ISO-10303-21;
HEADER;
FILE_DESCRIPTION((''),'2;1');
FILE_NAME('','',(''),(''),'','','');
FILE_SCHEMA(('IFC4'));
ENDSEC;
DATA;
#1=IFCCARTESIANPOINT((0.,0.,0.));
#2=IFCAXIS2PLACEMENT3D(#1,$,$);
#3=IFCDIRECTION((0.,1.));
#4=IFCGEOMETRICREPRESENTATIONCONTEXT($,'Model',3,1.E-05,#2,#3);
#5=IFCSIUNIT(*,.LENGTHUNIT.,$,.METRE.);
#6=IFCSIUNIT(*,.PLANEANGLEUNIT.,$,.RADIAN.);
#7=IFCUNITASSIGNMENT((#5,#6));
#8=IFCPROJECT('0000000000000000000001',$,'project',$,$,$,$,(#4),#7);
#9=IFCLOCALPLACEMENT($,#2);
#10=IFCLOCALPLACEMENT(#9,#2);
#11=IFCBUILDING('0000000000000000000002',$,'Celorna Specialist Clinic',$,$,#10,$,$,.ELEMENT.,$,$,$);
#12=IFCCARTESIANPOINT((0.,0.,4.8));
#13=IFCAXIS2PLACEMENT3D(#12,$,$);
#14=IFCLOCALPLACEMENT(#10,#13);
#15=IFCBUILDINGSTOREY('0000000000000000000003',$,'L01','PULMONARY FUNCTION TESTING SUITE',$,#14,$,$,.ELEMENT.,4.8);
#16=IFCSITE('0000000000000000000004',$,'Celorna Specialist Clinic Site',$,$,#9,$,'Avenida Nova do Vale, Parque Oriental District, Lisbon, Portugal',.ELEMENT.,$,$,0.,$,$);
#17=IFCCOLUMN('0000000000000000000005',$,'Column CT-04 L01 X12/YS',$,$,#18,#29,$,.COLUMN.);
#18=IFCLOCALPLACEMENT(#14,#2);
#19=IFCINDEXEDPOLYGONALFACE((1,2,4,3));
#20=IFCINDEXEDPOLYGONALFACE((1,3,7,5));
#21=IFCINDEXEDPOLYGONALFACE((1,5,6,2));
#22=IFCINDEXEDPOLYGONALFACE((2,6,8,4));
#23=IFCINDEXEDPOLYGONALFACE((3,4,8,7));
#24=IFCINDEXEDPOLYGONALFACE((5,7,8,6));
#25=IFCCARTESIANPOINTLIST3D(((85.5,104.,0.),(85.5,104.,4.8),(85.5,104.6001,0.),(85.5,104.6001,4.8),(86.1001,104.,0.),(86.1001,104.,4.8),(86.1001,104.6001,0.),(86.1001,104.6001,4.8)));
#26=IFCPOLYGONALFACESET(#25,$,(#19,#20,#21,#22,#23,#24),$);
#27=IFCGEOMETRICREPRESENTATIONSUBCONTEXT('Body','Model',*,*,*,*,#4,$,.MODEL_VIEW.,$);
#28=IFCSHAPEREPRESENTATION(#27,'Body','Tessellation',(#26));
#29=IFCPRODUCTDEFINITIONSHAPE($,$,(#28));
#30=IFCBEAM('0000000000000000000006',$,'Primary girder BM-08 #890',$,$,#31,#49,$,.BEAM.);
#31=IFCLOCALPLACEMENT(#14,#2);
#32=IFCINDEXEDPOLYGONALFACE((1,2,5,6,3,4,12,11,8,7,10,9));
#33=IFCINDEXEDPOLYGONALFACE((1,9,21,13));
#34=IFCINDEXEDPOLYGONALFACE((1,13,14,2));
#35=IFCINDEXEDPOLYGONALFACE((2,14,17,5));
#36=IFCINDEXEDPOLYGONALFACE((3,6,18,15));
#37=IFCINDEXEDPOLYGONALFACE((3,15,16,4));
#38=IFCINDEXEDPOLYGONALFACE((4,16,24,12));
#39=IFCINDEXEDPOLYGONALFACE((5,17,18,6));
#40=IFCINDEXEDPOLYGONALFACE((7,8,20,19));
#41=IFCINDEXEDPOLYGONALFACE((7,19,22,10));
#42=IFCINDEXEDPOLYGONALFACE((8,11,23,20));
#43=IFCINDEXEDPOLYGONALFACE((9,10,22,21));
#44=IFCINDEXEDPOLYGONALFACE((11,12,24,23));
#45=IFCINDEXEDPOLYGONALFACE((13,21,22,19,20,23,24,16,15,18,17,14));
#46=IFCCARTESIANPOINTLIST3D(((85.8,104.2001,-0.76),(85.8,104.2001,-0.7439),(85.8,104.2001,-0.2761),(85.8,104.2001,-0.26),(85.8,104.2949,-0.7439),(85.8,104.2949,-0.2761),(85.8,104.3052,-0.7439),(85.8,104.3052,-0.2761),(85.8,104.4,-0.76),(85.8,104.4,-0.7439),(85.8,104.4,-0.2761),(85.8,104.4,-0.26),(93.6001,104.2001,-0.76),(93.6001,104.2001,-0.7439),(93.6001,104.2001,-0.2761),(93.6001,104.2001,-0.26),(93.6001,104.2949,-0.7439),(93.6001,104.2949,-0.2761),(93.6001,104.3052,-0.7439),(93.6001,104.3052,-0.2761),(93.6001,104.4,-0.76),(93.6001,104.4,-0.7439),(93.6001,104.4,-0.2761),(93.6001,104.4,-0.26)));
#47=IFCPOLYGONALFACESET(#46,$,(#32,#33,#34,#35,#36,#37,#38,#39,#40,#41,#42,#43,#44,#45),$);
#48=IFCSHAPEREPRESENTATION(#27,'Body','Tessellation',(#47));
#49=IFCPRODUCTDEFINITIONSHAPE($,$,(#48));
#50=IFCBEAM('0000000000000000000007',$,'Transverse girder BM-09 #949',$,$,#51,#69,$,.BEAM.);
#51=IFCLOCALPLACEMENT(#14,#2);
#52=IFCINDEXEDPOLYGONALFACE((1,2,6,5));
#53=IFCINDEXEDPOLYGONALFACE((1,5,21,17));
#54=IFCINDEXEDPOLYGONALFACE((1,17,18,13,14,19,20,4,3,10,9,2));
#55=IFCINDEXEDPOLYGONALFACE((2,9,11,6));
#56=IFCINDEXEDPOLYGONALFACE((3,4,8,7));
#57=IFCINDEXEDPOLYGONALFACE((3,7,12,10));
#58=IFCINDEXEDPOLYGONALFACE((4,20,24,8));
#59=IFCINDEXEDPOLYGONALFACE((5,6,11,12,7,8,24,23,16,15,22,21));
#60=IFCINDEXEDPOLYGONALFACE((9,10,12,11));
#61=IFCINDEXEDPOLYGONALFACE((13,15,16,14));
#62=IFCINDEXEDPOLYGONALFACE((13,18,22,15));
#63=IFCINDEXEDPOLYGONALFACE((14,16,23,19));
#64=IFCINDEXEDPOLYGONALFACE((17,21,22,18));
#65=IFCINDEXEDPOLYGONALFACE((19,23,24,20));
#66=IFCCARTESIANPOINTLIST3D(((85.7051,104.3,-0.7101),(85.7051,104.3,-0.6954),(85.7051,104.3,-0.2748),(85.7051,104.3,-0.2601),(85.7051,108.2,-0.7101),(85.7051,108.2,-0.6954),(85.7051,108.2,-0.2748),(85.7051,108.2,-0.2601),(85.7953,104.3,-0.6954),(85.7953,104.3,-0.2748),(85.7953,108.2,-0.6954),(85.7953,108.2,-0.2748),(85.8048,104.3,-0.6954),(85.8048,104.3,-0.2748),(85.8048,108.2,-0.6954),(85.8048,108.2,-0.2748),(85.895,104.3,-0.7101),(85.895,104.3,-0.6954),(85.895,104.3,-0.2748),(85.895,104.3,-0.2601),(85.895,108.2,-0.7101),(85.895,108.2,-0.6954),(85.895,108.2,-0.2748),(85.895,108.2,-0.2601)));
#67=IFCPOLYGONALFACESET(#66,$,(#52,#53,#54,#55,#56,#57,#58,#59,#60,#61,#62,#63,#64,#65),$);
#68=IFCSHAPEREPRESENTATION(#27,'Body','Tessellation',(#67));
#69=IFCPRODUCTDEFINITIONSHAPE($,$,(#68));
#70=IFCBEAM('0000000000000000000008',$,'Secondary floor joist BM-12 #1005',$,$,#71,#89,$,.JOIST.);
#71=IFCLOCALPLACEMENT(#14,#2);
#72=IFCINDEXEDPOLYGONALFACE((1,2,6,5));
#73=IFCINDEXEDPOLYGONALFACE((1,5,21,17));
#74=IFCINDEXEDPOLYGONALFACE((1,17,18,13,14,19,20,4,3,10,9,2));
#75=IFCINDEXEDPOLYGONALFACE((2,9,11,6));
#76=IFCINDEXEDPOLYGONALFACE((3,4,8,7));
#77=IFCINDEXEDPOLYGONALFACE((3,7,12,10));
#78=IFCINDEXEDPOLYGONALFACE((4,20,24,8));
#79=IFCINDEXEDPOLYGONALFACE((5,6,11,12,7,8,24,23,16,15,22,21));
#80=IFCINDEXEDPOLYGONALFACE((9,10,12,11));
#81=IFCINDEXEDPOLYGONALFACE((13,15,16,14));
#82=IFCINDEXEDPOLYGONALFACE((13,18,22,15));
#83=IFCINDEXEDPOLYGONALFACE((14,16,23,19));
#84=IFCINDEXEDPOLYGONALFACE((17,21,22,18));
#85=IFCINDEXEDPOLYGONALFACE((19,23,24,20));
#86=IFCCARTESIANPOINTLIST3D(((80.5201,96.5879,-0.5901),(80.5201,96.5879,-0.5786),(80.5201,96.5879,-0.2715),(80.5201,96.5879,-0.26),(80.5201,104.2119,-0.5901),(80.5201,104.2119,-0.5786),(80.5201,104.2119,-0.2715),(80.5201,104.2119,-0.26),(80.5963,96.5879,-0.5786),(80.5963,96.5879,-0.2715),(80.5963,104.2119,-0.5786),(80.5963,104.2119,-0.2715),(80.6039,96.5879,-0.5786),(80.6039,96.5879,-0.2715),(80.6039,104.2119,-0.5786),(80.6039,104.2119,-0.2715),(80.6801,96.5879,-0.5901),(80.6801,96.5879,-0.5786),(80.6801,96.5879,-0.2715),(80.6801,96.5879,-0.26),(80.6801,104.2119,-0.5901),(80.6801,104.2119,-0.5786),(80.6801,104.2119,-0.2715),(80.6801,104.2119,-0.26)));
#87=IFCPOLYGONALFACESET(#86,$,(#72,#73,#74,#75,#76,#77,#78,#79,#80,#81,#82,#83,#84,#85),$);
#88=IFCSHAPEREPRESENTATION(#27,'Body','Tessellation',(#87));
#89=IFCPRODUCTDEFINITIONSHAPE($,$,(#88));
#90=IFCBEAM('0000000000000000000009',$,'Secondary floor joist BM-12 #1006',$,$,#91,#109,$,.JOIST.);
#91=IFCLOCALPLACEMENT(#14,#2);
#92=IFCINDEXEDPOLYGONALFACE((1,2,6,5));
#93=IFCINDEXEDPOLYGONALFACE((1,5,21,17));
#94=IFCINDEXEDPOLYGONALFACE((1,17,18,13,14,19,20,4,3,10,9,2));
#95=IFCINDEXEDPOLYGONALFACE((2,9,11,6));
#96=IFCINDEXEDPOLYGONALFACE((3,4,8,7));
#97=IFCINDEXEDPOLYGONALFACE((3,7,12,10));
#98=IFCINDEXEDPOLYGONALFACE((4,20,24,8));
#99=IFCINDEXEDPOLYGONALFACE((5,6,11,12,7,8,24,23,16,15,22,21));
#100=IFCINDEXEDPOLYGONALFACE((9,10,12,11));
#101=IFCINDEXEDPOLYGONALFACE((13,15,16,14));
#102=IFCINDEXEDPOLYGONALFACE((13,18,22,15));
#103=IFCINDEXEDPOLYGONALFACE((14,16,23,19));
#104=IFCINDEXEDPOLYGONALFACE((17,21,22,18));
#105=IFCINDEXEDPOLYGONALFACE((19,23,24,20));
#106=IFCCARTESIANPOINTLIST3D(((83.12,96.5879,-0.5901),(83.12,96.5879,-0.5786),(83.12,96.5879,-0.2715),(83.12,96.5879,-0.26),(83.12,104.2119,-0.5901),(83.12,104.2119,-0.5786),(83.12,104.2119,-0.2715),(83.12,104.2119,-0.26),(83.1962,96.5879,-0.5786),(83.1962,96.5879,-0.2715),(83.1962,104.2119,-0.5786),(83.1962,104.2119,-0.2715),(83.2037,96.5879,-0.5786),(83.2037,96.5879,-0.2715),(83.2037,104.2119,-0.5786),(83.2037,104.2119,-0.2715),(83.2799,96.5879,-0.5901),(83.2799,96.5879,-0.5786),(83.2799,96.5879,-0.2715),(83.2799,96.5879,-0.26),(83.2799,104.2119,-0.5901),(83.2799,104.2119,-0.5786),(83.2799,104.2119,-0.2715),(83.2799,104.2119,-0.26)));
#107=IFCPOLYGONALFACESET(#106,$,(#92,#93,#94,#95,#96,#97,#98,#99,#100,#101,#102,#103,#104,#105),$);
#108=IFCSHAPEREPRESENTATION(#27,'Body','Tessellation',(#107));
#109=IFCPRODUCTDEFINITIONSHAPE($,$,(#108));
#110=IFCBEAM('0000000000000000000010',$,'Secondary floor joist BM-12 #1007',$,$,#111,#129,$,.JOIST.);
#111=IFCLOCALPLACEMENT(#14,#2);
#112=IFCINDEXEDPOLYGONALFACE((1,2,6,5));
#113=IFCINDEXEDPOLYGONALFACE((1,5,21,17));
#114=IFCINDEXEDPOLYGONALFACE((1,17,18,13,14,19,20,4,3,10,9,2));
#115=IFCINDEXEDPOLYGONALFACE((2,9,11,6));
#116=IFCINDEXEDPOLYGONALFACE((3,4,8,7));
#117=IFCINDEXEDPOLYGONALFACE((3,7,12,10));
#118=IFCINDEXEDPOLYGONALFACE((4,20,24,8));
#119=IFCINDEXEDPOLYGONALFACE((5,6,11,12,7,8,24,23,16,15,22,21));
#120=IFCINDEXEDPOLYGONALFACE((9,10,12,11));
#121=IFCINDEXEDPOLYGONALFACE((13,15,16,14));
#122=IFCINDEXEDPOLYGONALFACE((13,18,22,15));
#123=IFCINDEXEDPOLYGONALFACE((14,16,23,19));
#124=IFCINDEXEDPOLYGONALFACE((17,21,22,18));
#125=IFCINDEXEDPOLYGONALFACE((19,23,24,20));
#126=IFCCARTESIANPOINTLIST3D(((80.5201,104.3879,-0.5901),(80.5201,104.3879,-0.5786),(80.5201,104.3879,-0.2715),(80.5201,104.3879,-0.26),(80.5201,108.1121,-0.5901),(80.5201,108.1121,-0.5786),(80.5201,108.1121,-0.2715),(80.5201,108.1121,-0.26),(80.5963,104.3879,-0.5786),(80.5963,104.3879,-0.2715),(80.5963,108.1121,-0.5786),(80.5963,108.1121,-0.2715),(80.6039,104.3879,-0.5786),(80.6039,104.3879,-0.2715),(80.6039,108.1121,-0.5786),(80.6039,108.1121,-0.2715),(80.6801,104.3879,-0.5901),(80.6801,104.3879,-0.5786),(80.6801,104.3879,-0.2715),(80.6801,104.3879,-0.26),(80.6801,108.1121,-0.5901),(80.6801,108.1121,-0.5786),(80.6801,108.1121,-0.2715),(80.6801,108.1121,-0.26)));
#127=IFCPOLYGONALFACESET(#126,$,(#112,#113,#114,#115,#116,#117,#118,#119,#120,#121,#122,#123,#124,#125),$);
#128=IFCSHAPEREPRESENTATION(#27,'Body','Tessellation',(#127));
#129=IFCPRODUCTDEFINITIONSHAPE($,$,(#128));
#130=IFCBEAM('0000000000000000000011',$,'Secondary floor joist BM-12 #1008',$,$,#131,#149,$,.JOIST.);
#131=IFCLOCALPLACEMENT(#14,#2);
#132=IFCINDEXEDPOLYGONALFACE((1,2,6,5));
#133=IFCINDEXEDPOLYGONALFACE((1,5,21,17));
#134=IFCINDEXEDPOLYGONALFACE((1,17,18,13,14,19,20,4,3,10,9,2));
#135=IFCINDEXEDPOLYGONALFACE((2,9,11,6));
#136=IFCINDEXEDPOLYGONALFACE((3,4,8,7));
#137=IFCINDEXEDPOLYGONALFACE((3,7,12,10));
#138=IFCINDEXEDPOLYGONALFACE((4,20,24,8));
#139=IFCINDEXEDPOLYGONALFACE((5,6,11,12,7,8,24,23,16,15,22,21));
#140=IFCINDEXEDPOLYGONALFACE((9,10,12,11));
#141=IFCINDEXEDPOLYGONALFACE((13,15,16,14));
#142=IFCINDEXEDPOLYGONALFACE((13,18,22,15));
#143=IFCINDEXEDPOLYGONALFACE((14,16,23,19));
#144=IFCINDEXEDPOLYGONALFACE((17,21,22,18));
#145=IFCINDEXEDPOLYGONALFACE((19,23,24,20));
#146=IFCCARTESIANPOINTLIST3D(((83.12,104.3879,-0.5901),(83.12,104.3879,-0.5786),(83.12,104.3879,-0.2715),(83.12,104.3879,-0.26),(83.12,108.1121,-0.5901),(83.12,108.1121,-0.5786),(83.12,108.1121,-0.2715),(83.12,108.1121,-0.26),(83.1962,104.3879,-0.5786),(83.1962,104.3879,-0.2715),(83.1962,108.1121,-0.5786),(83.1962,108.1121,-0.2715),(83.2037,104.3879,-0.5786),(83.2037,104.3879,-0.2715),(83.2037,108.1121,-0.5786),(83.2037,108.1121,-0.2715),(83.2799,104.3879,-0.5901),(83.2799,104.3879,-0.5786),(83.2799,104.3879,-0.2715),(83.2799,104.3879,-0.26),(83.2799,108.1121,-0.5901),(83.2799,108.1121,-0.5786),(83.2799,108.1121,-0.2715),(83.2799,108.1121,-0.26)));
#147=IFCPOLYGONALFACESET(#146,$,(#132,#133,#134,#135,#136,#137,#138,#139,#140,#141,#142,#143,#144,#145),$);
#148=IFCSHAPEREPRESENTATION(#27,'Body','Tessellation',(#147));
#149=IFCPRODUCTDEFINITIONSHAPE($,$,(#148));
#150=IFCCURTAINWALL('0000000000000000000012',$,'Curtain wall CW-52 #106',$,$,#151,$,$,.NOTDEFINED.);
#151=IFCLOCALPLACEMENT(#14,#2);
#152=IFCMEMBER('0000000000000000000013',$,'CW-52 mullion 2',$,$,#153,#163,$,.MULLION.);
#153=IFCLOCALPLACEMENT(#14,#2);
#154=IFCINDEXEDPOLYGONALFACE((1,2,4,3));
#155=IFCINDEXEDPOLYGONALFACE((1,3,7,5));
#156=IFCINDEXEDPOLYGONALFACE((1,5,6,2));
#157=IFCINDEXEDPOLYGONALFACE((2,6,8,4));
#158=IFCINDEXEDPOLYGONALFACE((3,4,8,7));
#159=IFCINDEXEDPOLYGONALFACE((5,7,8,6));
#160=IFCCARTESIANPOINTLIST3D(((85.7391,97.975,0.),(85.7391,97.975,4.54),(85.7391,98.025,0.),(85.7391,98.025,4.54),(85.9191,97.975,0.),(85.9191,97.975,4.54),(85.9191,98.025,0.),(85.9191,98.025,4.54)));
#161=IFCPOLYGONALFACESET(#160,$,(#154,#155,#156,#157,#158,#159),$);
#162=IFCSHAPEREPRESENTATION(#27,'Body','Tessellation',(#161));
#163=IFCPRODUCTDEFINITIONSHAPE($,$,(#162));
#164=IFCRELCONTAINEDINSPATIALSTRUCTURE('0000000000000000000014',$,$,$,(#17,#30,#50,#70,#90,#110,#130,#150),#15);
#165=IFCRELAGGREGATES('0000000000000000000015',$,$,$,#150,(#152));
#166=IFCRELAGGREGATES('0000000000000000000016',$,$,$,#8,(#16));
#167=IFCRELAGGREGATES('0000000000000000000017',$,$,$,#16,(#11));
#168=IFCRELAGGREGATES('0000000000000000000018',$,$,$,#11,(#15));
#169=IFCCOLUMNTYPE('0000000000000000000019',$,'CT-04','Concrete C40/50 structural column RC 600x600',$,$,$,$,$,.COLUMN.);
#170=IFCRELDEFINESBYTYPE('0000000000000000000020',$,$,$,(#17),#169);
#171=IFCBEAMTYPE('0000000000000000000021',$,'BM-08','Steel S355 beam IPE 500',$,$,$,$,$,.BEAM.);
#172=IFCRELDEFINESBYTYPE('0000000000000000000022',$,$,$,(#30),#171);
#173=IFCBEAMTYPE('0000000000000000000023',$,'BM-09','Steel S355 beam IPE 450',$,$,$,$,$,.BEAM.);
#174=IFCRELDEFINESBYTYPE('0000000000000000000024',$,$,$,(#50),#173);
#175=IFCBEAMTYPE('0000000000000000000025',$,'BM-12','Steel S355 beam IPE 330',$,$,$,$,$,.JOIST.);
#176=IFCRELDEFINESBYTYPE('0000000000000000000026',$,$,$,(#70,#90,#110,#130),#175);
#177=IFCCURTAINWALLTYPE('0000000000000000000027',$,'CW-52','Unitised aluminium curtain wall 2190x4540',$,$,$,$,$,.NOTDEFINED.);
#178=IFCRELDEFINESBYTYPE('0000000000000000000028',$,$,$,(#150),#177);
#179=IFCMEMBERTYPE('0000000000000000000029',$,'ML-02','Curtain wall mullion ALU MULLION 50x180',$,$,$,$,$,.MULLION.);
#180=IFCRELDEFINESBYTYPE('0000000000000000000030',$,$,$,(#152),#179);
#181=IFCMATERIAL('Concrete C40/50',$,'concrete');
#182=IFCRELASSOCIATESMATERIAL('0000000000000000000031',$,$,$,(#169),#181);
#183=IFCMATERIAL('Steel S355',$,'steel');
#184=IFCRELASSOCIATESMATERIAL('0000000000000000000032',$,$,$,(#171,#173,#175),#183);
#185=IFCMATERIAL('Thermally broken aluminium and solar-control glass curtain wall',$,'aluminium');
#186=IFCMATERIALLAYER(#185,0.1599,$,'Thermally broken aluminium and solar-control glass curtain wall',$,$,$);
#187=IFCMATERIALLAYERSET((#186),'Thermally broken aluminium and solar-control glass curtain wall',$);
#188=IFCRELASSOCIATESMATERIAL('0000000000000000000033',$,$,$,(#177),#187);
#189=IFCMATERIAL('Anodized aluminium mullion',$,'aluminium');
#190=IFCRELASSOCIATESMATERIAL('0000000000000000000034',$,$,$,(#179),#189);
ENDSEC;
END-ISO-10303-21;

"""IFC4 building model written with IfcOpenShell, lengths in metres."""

from ifc_helpers import new_model, si_unit, direction, frame, origin, origin_2d, place, context, subcontext, project, spatial, rectangle, i_section, extrude, material, layer, layer_set, material_profile, profile_set, type_object, element, aggregate, save


model = new_model("IFC4")

# Units and contexts
model_context = context("Model", 3, precision=1e-05, world=origin(), true_north=direction((0.0, 1.0)))
body_context = subcontext(model_context, "Body", "Model", "MODEL_VIEW")
ifc_project = project(units=[si_unit("LENGTHUNIT", "METRE"), si_unit("PLANEANGLEUNIT", "RADIAN")], contexts=[model_context])

# Site, building, storey
site_placement = place(None, origin())
site = spatial("IfcSite", under=ifc_project, at=site_placement, Name="Celorna Specialist Clinic Site", LongName="Avenida Nova do Vale, Parque Oriental District, Lisbon, Portugal", CompositionType="ELEMENT", RefElevation=0.0)
building_placement = place(site_placement, origin())
building = spatial("IfcBuilding", under=site, at=building_placement, Name="Celorna Specialist Clinic", CompositionType="ELEMENT")
storey_placement = place(building_placement, frame((0.0, 0.0, 4.8)))
storey = spatial("IfcBuildingStorey", under=building, at=storey_placement, Name="L01", Description="PULMONARY FUNCTION TESTING SUITE", CompositionType="ELEMENT", Elevation=4.8)

# Column
ifc_material_1 = material(Name="Concrete C40/50", Category="concrete")
ifc_material_profile_1 = material_profile(ifc_material_1, rectangle(XDim=0.6001, YDim=0.6001, at=origin_2d()), Name="RC 600x600")
ifc_profile_set_1 = profile_set([ifc_material_profile_1], Name="Concrete C40/50")
column_type = type_object("IfcColumnType", Name="CT-04", Description="Concrete C40/50 structural column RC 600x600", PredefinedType="COLUMN", material=ifc_profile_set_1)
column_placement = place(storey_placement, frame((85.8, 104.3, 0.0), z_axis=(0.0, 0.0, 1.0), x_axis=(1.0, 0.0, 0.0)))
element("IfcColumn", 1, at=column_placement, inside=storey, type_object=column_type, Name="Column CT-04 L01 X12/YS", PredefinedType="COLUMN", context=body_context, shape_type="SweptSolid", body=[
    extrude(rectangle(XDim=0.6001, YDim=0.6001, at=origin_2d()), origin(), (0.0, 0.0, 1.0), 4.8),
])

# Beams
ifc_material_2 = material(Name="Steel S355", Category="steel")
ifc_material_profile_2 = material_profile(ifc_material_2, i_section(OverallWidth=0.2, OverallDepth=0.5, WebThickness=0.0103, FlangeThickness=0.0161, at=origin_2d()), Name="IPE 500")
ifc_profile_set_2 = profile_set([ifc_material_profile_2], Name="Steel S355")
beam_type_1 = type_object("IfcBeamType", Name="BM-08", Description="Steel S355 beam IPE 500", PredefinedType="BEAM", material=ifc_profile_set_2)
beam_1_placement = place(storey_placement, frame((85.8, 104.3, -0.51), z_axis=(1.0, 0.0, 0.0), x_axis=(0.0, 1.0, 0.0)))
element("IfcBeam", 2, at=beam_1_placement, inside=storey, type_object=beam_type_1, Name="Primary girder BM-08 #890", PredefinedType="BEAM", context=body_context, shape_type="SweptSolid", body=[
    extrude(i_section(OverallWidth=0.2, OverallDepth=0.5, WebThickness=0.0103, FlangeThickness=0.0161, at=origin_2d()), origin(), (0.0, 0.0, 1.0), 7.8),
])
ifc_material_profile_3 = material_profile(ifc_material_2, i_section(OverallWidth=0.1899, OverallDepth=0.45, WebThickness=0.0095, FlangeThickness=0.0146, at=origin_2d()), Name="IPE 450")
ifc_profile_set_3 = profile_set([ifc_material_profile_3], Name="Steel S355")
beam_type_2 = type_object("IfcBeamType", Name="BM-09", Description="Steel S355 beam IPE 450", PredefinedType="BEAM", material=ifc_profile_set_3)
beam_2_placement = place(storey_placement, frame((85.8, 104.3, -0.4851), z_axis=(0.0, 1.0, 0.0), x_axis=(-1.0, 0.0, 0.0)))
element("IfcBeam", 3, at=beam_2_placement, inside=storey, type_object=beam_type_2, Name="Transverse girder BM-09 #949", PredefinedType="BEAM", context=body_context, shape_type="SweptSolid", body=[
    extrude(i_section(OverallWidth=0.1899, OverallDepth=0.45, WebThickness=0.0095, FlangeThickness=0.0146, at=origin_2d()), origin(), (0.0, 0.0, 1.0), 3.8999),
])
ifc_material_profile_4 = material_profile(ifc_material_2, i_section(OverallWidth=0.1599, OverallDepth=0.3301, WebThickness=0.0076, FlangeThickness=0.0115, at=origin_2d()), Name="IPE 330")
ifc_profile_set_4 = profile_set([ifc_material_profile_4], Name="Steel S355")
beam_type_3 = type_object("IfcBeamType", Name="BM-12", Description="Steel S355 beam IPE 330", PredefinedType="JOIST", material=ifc_profile_set_4)
for number, where, z_axis, x_axis, name in (
    (4, (80.6001, 96.5879, -0.425), (0.0, 1.0, 0.0), (-1.0, 0.0, 0.0), "Secondary floor joist BM-12 #1005"),
    (5, (83.2, 96.5879, -0.425), (0.0, 1.0, 0.0), (-1.0, 0.0, 0.0), "Secondary floor joist BM-12 #1006"),
):
    element("IfcBeam", number, at=place(storey_placement, frame(where, z_axis=z_axis, x_axis=x_axis)), inside=storey, type_object=beam_type_3, Name=name, PredefinedType="JOIST", context=body_context, shape_type="SweptSolid", body=[
        extrude(i_section(OverallWidth=0.1599, OverallDepth=0.3301, WebThickness=0.0076, FlangeThickness=0.0115, at=origin_2d()), origin(), (0.0, 0.0, 1.0), 7.624),
    ])
for number, where, z_axis, x_axis, name in (
    (6, (80.6001, 104.3879, -0.425), (0.0, 1.0, 0.0), (-1.0, 0.0, 0.0), "Secondary floor joist BM-12 #1007"),
    (7, (83.2, 104.3879, -0.425), (0.0, 1.0, 0.0), (-1.0, 0.0, 0.0), "Secondary floor joist BM-12 #1008"),
):
    element("IfcBeam", number, at=place(storey_placement, frame(where, z_axis=z_axis, x_axis=x_axis)), inside=storey, type_object=beam_type_3, Name=name, PredefinedType="JOIST", context=body_context, shape_type="SweptSolid", body=[
        extrude(i_section(OverallWidth=0.1599, OverallDepth=0.3301, WebThickness=0.0076, FlangeThickness=0.0115, at=origin_2d()), origin(), (0.0, 0.0, 1.0), 3.7241),
    ])

# Curtain wall, member
ifc_material_3 = material(Name="Thermally broken aluminium and solar-control glass curtain wall", Category="aluminium")
ifc_layer_1 = layer(ifc_material_3, 0.1599, Name="Thermally broken aluminium and solar-control glass curtain wall")
ifc_layer_set_1 = layer_set([ifc_layer_1], Name="Thermally broken aluminium and solar-control glass curtain wall")
curtain_wall_type = type_object("IfcCurtainWallType", Name="CW-52", Description="Unitised aluminium curtain wall 2190x4540", PredefinedType="NOTDEFINED", material=ifc_layer_set_1)
curtain_wall_placement = place(storey_placement, origin())
curtain_wall = element("IfcCurtainWall", 8, at=curtain_wall_placement, inside=storey, type_object=curtain_wall_type, Name="Curtain wall CW-52 #106", PredefinedType="NOTDEFINED")
ifc_material_4 = material(Name="Anodized aluminium mullion", Category="aluminium")
ifc_material_profile_5 = material_profile(ifc_material_4, rectangle(XDim=0.05, YDim=0.1799, at=origin_2d()), Name="ALU MULLION 50x180")
ifc_profile_set_5 = profile_set([ifc_material_profile_5], Name="Anodized aluminium mullion")
member_type = type_object("IfcMemberType", Name="ML-02", Description="Curtain wall mullion ALU MULLION 50x180", PredefinedType="MULLION", material=ifc_profile_set_5)
member_placement = place(storey_placement, frame((85.8291, 98.0, 0.0), z_axis=(0.0, 0.0, 1.0), x_axis=(0.0, -1.0, 0.0)))
member = element("IfcMember", 9, at=member_placement, type_object=member_type, Name="CW-52 mullion 2", PredefinedType="MULLION", context=body_context, shape_type="SweptSolid", body=[
    extrude(rectangle(XDim=0.05, YDim=0.1799, at=origin_2d()), origin(), (0.0, 0.0, 1.0), 4.54),
])
aggregate(curtain_wall, [member])

save(model, "model.ifc")
